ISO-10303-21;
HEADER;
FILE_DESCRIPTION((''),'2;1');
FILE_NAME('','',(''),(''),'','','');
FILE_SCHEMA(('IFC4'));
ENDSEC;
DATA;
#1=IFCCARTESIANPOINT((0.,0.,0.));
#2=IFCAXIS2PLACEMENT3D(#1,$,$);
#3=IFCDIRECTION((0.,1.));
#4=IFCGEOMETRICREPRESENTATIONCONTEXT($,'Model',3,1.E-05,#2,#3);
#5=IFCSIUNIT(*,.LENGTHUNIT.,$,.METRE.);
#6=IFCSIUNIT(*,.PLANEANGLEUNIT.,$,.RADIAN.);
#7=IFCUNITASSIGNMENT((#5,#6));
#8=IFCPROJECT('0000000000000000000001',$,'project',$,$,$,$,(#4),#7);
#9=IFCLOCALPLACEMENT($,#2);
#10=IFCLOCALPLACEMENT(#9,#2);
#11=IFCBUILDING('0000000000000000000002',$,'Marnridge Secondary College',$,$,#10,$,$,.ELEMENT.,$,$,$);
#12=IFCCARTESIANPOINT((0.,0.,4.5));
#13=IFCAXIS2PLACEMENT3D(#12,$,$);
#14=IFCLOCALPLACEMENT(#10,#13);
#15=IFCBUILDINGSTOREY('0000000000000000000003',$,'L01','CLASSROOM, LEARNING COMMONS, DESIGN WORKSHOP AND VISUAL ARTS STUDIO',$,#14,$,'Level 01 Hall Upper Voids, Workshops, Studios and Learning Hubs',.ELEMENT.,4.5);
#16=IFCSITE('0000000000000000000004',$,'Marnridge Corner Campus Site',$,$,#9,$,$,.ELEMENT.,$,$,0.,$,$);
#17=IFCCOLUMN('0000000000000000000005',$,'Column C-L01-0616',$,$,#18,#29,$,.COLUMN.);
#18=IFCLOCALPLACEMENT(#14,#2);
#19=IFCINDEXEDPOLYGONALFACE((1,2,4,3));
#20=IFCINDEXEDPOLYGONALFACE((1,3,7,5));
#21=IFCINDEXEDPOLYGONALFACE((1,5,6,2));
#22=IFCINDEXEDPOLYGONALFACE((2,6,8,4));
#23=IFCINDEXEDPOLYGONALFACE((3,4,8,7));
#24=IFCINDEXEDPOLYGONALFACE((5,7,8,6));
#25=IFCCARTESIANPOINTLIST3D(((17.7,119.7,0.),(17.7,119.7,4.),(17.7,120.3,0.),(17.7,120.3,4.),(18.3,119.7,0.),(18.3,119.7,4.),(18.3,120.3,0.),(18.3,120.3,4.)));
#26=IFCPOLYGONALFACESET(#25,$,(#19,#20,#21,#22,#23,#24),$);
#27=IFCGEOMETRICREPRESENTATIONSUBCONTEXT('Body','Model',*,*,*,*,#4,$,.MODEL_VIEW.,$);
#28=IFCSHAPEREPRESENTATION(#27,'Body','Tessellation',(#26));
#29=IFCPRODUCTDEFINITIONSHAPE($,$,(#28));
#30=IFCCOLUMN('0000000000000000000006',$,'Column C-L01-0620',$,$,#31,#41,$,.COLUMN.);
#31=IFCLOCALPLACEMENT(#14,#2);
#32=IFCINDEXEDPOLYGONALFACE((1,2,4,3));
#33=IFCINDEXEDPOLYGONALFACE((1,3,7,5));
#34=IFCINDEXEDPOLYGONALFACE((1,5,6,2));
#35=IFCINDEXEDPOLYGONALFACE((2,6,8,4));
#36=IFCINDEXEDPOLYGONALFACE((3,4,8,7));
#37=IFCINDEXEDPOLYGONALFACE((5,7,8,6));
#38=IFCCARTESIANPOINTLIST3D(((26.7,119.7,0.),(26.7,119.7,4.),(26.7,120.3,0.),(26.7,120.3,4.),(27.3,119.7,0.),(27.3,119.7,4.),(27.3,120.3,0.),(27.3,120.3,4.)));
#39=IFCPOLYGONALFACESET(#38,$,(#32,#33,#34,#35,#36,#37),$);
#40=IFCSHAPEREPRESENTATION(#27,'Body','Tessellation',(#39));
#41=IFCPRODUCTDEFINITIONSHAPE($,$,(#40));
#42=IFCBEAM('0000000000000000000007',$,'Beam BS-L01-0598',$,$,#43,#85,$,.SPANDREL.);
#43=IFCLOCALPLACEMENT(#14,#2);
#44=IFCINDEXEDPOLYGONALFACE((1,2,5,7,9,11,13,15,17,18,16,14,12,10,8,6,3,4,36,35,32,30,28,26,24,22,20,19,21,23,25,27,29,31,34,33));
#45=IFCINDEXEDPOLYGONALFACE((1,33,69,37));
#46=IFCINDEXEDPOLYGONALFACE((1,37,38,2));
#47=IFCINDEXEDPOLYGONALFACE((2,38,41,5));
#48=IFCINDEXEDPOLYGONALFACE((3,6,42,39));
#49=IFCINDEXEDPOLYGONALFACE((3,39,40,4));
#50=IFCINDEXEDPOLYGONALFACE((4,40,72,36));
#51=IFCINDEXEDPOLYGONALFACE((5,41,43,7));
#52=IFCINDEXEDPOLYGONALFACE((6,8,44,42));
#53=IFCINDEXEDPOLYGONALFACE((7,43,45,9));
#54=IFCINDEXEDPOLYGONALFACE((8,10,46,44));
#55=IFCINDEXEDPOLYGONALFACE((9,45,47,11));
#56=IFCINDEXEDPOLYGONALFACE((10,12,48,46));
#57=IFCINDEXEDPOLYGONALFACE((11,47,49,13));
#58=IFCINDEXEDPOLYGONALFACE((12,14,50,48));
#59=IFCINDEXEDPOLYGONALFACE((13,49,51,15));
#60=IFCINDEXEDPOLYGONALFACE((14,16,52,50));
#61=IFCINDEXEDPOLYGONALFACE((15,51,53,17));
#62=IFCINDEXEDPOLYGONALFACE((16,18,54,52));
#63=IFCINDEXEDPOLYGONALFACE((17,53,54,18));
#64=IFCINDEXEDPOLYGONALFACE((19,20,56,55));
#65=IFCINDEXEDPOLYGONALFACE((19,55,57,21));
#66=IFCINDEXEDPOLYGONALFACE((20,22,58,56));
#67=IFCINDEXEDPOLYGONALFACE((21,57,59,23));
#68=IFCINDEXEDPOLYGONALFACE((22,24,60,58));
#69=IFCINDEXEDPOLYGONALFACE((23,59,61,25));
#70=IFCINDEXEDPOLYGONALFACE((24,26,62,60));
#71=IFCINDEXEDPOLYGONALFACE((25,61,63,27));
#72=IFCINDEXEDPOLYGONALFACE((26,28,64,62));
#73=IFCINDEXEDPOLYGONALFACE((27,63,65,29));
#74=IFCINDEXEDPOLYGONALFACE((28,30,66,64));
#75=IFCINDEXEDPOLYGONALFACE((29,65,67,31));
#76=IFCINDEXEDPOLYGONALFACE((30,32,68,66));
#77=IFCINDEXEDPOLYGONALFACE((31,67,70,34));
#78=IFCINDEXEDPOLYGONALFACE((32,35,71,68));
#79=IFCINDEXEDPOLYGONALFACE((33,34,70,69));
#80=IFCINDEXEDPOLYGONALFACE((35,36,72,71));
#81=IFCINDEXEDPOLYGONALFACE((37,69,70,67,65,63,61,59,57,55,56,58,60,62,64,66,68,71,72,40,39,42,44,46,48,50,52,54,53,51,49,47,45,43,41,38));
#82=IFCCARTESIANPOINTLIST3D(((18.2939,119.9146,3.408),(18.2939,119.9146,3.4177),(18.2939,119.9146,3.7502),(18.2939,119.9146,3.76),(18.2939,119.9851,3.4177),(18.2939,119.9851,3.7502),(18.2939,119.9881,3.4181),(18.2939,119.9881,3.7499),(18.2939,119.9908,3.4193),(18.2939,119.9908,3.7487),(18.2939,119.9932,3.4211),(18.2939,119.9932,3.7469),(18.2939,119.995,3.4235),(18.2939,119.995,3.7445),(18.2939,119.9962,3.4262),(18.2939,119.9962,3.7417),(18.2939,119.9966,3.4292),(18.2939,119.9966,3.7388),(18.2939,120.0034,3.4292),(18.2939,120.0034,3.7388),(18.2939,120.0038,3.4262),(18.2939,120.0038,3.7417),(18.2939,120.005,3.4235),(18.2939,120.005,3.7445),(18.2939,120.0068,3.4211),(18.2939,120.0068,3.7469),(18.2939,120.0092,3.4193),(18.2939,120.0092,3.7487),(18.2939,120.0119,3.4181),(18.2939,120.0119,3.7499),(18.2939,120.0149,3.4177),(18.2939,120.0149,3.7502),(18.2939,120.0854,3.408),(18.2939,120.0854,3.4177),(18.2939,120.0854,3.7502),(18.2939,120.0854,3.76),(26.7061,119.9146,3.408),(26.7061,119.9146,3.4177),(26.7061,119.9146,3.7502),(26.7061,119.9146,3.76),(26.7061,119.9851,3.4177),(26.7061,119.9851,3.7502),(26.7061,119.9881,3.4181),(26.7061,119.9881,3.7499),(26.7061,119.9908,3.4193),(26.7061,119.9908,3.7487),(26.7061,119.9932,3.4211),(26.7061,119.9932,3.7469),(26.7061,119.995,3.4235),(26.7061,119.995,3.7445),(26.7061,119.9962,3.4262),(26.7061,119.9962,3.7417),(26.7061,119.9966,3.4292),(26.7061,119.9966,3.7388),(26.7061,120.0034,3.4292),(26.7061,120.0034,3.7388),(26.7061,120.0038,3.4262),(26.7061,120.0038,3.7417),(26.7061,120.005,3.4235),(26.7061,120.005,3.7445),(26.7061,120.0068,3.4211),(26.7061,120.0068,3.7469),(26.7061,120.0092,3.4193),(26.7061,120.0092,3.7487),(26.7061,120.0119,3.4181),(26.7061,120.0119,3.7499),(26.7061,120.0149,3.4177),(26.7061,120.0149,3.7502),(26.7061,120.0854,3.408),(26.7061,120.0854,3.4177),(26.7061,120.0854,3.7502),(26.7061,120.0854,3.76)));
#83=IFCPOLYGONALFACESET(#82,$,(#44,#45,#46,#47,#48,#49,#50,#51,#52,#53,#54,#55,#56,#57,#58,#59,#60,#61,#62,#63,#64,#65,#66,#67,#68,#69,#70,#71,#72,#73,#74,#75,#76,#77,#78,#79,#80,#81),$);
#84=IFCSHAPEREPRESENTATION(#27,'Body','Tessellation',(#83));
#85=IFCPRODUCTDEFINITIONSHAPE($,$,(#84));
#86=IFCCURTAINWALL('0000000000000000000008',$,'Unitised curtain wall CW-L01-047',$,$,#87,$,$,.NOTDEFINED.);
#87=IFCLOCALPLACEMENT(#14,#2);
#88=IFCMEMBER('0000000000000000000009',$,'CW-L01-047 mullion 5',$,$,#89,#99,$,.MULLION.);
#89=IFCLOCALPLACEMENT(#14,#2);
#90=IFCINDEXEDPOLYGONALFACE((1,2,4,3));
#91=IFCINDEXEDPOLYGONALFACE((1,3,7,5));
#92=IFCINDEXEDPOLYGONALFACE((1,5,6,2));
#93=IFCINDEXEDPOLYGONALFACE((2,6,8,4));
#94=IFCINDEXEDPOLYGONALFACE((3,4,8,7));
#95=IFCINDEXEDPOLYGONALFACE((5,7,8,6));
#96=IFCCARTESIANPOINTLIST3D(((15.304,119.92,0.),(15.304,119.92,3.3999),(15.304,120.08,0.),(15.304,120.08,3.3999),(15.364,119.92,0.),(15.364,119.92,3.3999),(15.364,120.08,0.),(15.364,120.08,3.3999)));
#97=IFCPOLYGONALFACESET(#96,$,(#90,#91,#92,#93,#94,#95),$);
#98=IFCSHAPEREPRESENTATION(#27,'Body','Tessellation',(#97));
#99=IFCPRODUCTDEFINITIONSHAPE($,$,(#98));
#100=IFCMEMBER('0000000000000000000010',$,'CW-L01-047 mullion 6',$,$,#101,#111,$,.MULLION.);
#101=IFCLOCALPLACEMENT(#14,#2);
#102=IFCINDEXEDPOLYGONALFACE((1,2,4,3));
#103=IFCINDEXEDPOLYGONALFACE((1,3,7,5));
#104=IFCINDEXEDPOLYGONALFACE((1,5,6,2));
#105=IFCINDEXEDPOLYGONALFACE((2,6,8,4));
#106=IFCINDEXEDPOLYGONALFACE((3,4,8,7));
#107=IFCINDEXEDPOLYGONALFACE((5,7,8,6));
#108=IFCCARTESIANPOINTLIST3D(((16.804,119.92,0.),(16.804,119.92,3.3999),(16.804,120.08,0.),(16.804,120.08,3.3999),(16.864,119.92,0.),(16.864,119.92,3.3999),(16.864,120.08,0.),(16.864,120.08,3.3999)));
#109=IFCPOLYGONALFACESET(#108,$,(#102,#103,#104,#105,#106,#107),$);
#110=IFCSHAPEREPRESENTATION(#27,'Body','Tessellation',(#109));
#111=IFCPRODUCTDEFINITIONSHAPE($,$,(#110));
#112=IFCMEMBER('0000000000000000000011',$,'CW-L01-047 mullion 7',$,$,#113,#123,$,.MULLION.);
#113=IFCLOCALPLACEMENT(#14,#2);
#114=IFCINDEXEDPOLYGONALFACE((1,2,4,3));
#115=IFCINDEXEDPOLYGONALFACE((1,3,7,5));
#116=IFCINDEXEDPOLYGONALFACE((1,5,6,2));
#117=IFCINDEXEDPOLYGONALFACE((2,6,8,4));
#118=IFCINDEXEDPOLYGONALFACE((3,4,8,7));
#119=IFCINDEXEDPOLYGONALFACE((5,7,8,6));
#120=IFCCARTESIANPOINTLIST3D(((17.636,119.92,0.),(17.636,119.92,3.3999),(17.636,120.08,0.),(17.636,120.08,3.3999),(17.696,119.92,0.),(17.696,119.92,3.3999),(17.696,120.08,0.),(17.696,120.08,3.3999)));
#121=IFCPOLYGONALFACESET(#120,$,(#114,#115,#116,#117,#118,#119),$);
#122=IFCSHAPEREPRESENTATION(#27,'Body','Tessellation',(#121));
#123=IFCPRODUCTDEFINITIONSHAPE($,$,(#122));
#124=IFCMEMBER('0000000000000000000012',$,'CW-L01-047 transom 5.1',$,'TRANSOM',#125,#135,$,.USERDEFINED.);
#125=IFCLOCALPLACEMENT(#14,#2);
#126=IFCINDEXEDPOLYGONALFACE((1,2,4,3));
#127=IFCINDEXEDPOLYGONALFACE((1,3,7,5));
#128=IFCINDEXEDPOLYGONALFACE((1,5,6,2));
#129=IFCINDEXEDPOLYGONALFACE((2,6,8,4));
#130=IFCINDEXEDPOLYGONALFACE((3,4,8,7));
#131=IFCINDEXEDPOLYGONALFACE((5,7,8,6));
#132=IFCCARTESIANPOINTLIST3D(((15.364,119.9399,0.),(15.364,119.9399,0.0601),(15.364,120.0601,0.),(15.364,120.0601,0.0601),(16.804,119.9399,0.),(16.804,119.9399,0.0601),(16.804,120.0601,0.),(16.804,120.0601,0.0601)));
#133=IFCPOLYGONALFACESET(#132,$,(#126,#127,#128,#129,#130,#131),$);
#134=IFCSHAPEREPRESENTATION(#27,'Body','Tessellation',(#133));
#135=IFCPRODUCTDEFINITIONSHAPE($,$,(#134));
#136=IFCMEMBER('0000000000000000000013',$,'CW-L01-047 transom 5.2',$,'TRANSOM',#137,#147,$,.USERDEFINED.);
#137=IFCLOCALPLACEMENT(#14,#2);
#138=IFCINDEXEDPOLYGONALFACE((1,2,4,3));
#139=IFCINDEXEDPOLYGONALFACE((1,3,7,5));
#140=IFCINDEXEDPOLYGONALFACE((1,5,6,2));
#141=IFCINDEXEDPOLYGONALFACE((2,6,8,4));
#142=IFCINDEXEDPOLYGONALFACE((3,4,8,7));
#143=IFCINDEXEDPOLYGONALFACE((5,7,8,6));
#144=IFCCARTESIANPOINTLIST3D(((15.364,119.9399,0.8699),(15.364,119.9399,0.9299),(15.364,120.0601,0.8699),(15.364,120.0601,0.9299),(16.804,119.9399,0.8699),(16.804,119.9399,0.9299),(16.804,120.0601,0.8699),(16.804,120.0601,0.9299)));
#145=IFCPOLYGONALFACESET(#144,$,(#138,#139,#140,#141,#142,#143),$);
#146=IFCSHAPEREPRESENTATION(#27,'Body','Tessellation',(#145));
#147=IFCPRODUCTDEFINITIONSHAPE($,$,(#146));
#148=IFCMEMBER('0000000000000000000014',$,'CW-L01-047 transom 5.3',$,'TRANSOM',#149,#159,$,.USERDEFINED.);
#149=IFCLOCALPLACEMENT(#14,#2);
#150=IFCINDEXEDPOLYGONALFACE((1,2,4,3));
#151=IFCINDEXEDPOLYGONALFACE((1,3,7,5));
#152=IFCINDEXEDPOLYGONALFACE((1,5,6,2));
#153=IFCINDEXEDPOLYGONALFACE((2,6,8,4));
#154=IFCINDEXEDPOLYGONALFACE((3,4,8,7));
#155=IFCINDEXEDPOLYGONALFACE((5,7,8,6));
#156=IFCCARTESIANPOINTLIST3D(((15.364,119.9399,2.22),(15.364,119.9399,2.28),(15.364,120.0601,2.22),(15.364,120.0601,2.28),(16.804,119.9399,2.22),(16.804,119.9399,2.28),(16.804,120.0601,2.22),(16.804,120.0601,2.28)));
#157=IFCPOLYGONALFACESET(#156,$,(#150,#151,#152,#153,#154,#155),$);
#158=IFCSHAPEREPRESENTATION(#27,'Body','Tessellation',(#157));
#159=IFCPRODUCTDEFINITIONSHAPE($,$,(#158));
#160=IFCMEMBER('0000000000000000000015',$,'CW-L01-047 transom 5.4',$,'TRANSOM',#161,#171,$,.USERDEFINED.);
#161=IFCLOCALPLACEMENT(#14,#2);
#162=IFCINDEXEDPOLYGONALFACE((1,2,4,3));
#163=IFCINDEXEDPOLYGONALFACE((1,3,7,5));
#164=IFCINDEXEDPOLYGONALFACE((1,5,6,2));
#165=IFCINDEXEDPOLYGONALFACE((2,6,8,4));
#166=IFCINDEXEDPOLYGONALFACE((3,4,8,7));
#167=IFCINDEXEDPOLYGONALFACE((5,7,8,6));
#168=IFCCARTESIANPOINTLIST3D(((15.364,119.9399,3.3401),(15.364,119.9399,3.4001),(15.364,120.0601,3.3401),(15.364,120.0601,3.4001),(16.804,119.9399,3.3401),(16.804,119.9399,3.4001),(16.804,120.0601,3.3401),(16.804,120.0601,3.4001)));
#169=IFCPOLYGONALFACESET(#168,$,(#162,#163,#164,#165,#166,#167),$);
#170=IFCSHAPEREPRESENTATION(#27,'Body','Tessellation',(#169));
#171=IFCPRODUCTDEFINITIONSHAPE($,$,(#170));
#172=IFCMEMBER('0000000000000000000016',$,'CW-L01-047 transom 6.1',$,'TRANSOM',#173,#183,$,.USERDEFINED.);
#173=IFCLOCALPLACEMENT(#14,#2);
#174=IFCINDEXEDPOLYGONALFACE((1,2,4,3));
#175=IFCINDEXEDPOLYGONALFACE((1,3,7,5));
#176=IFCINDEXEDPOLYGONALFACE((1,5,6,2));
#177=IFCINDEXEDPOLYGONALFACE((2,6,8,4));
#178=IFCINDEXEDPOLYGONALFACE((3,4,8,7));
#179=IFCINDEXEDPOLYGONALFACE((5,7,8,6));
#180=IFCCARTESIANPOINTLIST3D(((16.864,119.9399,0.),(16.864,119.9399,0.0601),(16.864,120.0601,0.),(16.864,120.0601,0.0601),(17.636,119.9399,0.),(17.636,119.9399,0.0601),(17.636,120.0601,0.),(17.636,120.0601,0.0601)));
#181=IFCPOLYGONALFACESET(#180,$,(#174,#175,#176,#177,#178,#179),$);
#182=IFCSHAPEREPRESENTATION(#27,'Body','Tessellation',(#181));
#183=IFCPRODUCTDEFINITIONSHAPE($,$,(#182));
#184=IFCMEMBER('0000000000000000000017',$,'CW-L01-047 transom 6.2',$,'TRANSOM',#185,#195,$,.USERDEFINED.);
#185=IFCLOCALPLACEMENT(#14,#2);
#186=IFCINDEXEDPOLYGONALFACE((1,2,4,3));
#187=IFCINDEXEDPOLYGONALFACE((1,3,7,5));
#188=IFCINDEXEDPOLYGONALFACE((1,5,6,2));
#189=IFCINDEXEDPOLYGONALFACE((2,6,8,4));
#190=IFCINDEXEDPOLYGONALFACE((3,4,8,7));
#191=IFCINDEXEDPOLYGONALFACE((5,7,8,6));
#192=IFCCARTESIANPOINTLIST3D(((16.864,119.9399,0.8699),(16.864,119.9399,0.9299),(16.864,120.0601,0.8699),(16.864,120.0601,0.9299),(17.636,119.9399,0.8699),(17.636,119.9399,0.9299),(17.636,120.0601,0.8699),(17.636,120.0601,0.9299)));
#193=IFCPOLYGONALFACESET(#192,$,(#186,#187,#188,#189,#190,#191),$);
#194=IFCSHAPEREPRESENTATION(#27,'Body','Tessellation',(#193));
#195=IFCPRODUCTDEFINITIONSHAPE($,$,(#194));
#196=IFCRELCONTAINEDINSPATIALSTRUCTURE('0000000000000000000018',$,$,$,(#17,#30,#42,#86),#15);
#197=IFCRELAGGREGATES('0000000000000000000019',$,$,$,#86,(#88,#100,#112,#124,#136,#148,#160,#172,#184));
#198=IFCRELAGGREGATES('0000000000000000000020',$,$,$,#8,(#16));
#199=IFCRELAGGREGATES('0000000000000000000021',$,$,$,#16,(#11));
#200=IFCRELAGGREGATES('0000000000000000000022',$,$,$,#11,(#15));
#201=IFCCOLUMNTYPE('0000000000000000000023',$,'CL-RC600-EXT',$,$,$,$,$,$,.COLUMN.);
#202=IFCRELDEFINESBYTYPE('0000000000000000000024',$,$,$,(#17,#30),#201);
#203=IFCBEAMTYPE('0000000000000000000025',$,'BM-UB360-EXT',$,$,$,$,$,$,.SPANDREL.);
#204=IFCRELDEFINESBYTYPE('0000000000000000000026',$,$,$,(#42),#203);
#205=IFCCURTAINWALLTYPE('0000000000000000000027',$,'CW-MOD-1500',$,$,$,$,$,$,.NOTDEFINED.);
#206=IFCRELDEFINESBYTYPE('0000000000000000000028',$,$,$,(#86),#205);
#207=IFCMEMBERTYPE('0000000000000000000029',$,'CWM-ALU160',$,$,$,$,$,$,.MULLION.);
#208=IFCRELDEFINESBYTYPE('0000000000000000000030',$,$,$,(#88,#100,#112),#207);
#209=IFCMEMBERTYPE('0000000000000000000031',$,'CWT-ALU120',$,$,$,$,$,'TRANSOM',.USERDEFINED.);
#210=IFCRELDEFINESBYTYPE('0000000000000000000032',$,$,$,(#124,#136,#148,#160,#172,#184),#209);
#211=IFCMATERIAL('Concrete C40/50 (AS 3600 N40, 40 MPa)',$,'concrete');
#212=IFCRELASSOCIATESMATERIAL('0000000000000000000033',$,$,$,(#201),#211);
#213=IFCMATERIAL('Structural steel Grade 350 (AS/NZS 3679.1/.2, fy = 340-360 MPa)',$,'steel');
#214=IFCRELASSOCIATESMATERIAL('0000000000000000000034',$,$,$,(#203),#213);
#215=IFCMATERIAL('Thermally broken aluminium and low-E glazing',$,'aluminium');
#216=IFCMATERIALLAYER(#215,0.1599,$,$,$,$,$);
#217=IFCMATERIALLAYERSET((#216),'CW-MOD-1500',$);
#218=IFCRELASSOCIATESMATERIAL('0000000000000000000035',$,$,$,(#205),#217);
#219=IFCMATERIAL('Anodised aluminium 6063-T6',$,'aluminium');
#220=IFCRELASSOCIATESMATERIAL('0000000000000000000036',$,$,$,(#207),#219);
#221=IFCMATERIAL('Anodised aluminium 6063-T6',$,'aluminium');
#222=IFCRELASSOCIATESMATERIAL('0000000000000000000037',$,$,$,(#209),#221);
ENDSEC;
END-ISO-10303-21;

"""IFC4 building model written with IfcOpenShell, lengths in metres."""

from ifc_helpers import new_model, si_unit, direction, frame, origin, origin_2d, place, context, subcontext, project, spatial, rectangle, i_section, extrude, material, layer, layer_set, material_profile, profile_set, type_object, element, aggregate, save


model = new_model("IFC4")

# Units and contexts
model_context = context("Model", 3, precision=1e-05, world=origin(), true_north=direction((0.0, 1.0)))
body_context = subcontext(model_context, "Body", "Model", "MODEL_VIEW")
ifc_project = project(units=[si_unit("LENGTHUNIT", "METRE"), si_unit("PLANEANGLEUNIT", "RADIAN")], contexts=[model_context])

# Site, building, storey
site_placement = place(None, origin())
site = spatial("IfcSite", under=ifc_project, at=site_placement, Name="Marnridge Corner Campus Site", CompositionType="ELEMENT", RefElevation=0.0)
building_placement = place(site_placement, origin())
building = spatial("IfcBuilding", under=site, at=building_placement, Name="Marnridge Secondary College", CompositionType="ELEMENT")
storey_placement = place(building_placement, frame((0.0, 0.0, 4.5)))
storey = spatial("IfcBuildingStorey", under=building, at=storey_placement, Name="L01", Description="CLASSROOM, LEARNING COMMONS, DESIGN WORKSHOP AND VISUAL ARTS STUDIO", LongName="Level 01 Hall Upper Voids, Workshops, Studios and Learning Hubs", CompositionType="ELEMENT", Elevation=4.5)

# Columns
ifc_material_1 = material(Name="Concrete C40/50 (AS 3600 N40, 40 MPa)", Category="concrete")
ifc_material_profile_1 = material_profile(ifc_material_1, rectangle(XDim=0.6001, YDim=0.6001, at=origin_2d()), Name="RC 600x600")
ifc_profile_set_1 = profile_set([ifc_material_profile_1], Name="Concrete C40/50 (AS 3600 N40, 40 MPa)")
column_type = type_object("IfcColumnType", Name="CL-RC600-EXT", PredefinedType="COLUMN", material=ifc_profile_set_1)
for number, where, z_axis, x_axis, name in (
    (1, (18.0, 120.0, 0.0), (0.0, 0.0, 1.0), (1.0, 0.0, 0.0), "Column C-L01-0616"),
    (2, (27.0, 120.0, 0.0), (0.0, 0.0, 1.0), (1.0, 0.0, 0.0), "Column C-L01-0620"),
):
    element("IfcColumn", number, at=place(storey_placement, frame(where, z_axis=z_axis, x_axis=x_axis)), inside=storey, type_object=column_type, Name=name, PredefinedType="COLUMN", context=body_context, shape_type="SweptSolid", body=[
        extrude(rectangle(XDim=0.6001, YDim=0.6001, at=origin_2d()), origin(), (0.0, 0.0, 1.0), 4.0),
    ])

# Beam
ifc_material_2 = material(Name="Structural steel Grade 350 (AS/NZS 3679.1/.2, fy = 340-360 MPa)", Category="steel")
ifc_material_profile_2 = material_profile(ifc_material_2, i_section(OverallWidth=0.1709, OverallDepth=0.3521, WebThickness=0.0068, FlangeThickness=0.0098, FilletRadius=0.0115, at=origin_2d()), Name="360UB44.7")
ifc_profile_set_2 = profile_set([ifc_material_profile_2], Name="Structural steel Grade 350 (AS/NZS 3679.1/.2, fy = 340-360 MPa)")
beam_type = type_object("IfcBeamType", Name="BM-UB360-EXT", PredefinedType="SPANDREL", material=ifc_profile_set_2)
beam_placement = place(storey_placement, frame((18.2939, 120.0, 3.584), z_axis=(1.0, 0.0, 0.0), x_axis=(0.0, 1.0, 0.0)))
element("IfcBeam", 3, at=beam_placement, inside=storey, type_object=beam_type, Name="Beam BS-L01-0598", PredefinedType="SPANDREL", context=body_context, shape_type="SweptSolid", body=[
    extrude(i_section(OverallWidth=0.1709, OverallDepth=0.3521, WebThickness=0.0068, FlangeThickness=0.0098, FilletRadius=0.0115, at=origin_2d()), origin(), (0.0, 0.0, 1.0), 8.4121),
])

# Curtain wall, members
ifc_material_3 = material(Name="Thermally broken aluminium and low-E glazing", Category="aluminium")
ifc_layer_1 = layer(ifc_material_3, 0.1599)
ifc_layer_set_1 = layer_set([ifc_layer_1], Name="CW-MOD-1500")
curtain_wall_type = type_object("IfcCurtainWallType", Name="CW-MOD-1500", PredefinedType="NOTDEFINED", material=ifc_layer_set_1)
curtain_wall_placement = place(storey_placement, origin())
curtain_wall = element("IfcCurtainWall", 4, at=curtain_wall_placement, inside=storey, type_object=curtain_wall_type, Name="Unitised curtain wall CW-L01-047", PredefinedType="NOTDEFINED")
ifc_material_4 = material(Name="Anodised aluminium 6063-T6", Category="aluminium")
ifc_material_profile_3 = material_profile(ifc_material_4, rectangle(XDim=0.0601, YDim=0.1599, at=origin_2d()), Name="ALU 60x160")
ifc_profile_set_3 = profile_set([ifc_material_profile_3], Name="Anodised aluminium 6063-T6")
member_type_1 = type_object("IfcMemberType", Name="CWM-ALU160", PredefinedType="MULLION", material=ifc_profile_set_3)
member_1_placement = place(storey_placement, frame((15.334, 120.0, 0.0), z_axis=(0.0, 0.0, 1.0), x_axis=(1.0, 0.0, 0.0)))
member_1 = element("IfcMember", 5, at=member_1_placement, type_object=member_type_1, Name="CW-L01-047 mullion 5", PredefinedType="MULLION", context=body_context, shape_type="SweptSolid", body=[
    extrude(rectangle(XDim=0.0601, YDim=0.1599, at=origin_2d()), origin(), (0.0, 0.0, 1.0), 3.3999),
])
member_2_placement = place(storey_placement, frame((16.834, 120.0, 0.0), z_axis=(0.0, 0.0, 1.0), x_axis=(1.0, 0.0, 0.0)))
member_2 = element("IfcMember", 6, at=member_2_placement, type_object=member_type_1, Name="CW-L01-047 mullion 6", PredefinedType="MULLION", context=body_context, shape_type="SweptSolid", body=[
    extrude(rectangle(XDim=0.0601, YDim=0.1599, at=origin_2d()), origin(), (0.0, 0.0, 1.0), 3.3999),
])
member_3_placement = place(storey_placement, frame((17.666, 120.0, 0.0), z_axis=(0.0, 0.0, 1.0), x_axis=(1.0, 0.0, 0.0)))
member_3 = element("IfcMember", 7, at=member_3_placement, type_object=member_type_1, Name="CW-L01-047 mullion 7", PredefinedType="MULLION", context=body_context, shape_type="SweptSolid", body=[
    extrude(rectangle(XDim=0.0601, YDim=0.1599, at=origin_2d()), origin(), (0.0, 0.0, 1.0), 3.3999),
])
ifc_material_5 = material(Name="Anodised aluminium 6063-T6", Category="aluminium")
ifc_material_profile_4 = material_profile(ifc_material_5, rectangle(XDim=0.0601, YDim=0.1201, at=origin_2d()), Name="ALU 60x120")
ifc_profile_set_4 = profile_set([ifc_material_profile_4], Name="Anodised aluminium 6063-T6")
member_type_2 = type_object("IfcMemberType", Name="CWT-ALU120", ElementType="TRANSOM", PredefinedType="USERDEFINED", material=ifc_profile_set_4)
member_4_placement = place(storey_placement, frame((15.364, 120.0, 0.03), z_axis=(1.0, 0.0, 0.0), x_axis=(0.0, 0.0, 1.0)))
member_4 = element("IfcMember", 8, at=member_4_placement, type_object=member_type_2, Name="CW-L01-047 transom 5.1", ObjectType="TRANSOM", PredefinedType="USERDEFINED", context=body_context, shape_type="SweptSolid", body=[
    extrude(rectangle(XDim=0.0601, YDim=0.1201, at=origin_2d()), origin(), (0.0, 0.0, 1.0), 1.4399),
])
member_5_placement = place(storey_placement, frame((15.364, 120.0, 0.8999), z_axis=(1.0, 0.0, 0.0), x_axis=(0.0, 0.0, 1.0)))
member_5 = element("IfcMember", 9, at=member_5_placement, type_object=member_type_2, Name="CW-L01-047 transom 5.2", ObjectType="TRANSOM", PredefinedType="USERDEFINED", context=body_context, shape_type="SweptSolid", body=[
    extrude(rectangle(XDim=0.0601, YDim=0.1201, at=origin_2d()), origin(), (0.0, 0.0, 1.0), 1.4399),
])
member_6_placement = place(storey_placement, frame((15.364, 120.0, 2.25), z_axis=(1.0, 0.0, 0.0), x_axis=(0.0, 0.0, 1.0)))
member_6 = element("IfcMember", 10, at=member_6_placement, type_object=member_type_2, Name="CW-L01-047 transom 5.3", ObjectType="TRANSOM", PredefinedType="USERDEFINED", context=body_context, shape_type="SweptSolid", body=[
    extrude(rectangle(XDim=0.0601, YDim=0.1201, at=origin_2d()), origin(), (0.0, 0.0, 1.0), 1.4399),
])
member_7_placement = place(storey_placement, frame((15.364, 120.0, 3.3701), z_axis=(1.0, 0.0, 0.0), x_axis=(0.0, 0.0, 1.0)))
member_7 = element("IfcMember", 11, at=member_7_placement, type_object=member_type_2, Name="CW-L01-047 transom 5.4", ObjectType="TRANSOM", PredefinedType="USERDEFINED", context=body_context, shape_type="SweptSolid", body=[
    extrude(rectangle(XDim=0.0601, YDim=0.1201, at=origin_2d()), origin(), (0.0, 0.0, 1.0), 1.4399),
])
member_8_placement = place(storey_placement, frame((16.864, 120.0, 0.03), z_axis=(1.0, 0.0, 0.0), x_axis=(0.0, 0.0, 1.0)))
member_8 = element("IfcMember", 12, at=member_8_placement, type_object=member_type_2, Name="CW-L01-047 transom 6.1", ObjectType="TRANSOM", PredefinedType="USERDEFINED", context=body_context, shape_type="SweptSolid", body=[
    extrude(rectangle(XDim=0.0601, YDim=0.1201, at=origin_2d()), origin(), (0.0, 0.0, 1.0), 0.772),
])
member_9_placement = place(storey_placement, frame((16.864, 120.0, 0.8999), z_axis=(1.0, 0.0, 0.0), x_axis=(0.0, 0.0, 1.0)))
member_9 = element("IfcMember", 13, at=member_9_placement, type_object=member_type_2, Name="CW-L01-047 transom 6.2", ObjectType="TRANSOM", PredefinedType="USERDEFINED", context=body_context, shape_type="SweptSolid", body=[
    extrude(rectangle(XDim=0.0601, YDim=0.1201, at=origin_2d()), origin(), (0.0, 0.0, 1.0), 0.772),
])
aggregate(curtain_wall, [member_1, member_2, member_3, member_4, member_5, member_6, member_7, member_8, member_9])

save(model, "model.ifc")
